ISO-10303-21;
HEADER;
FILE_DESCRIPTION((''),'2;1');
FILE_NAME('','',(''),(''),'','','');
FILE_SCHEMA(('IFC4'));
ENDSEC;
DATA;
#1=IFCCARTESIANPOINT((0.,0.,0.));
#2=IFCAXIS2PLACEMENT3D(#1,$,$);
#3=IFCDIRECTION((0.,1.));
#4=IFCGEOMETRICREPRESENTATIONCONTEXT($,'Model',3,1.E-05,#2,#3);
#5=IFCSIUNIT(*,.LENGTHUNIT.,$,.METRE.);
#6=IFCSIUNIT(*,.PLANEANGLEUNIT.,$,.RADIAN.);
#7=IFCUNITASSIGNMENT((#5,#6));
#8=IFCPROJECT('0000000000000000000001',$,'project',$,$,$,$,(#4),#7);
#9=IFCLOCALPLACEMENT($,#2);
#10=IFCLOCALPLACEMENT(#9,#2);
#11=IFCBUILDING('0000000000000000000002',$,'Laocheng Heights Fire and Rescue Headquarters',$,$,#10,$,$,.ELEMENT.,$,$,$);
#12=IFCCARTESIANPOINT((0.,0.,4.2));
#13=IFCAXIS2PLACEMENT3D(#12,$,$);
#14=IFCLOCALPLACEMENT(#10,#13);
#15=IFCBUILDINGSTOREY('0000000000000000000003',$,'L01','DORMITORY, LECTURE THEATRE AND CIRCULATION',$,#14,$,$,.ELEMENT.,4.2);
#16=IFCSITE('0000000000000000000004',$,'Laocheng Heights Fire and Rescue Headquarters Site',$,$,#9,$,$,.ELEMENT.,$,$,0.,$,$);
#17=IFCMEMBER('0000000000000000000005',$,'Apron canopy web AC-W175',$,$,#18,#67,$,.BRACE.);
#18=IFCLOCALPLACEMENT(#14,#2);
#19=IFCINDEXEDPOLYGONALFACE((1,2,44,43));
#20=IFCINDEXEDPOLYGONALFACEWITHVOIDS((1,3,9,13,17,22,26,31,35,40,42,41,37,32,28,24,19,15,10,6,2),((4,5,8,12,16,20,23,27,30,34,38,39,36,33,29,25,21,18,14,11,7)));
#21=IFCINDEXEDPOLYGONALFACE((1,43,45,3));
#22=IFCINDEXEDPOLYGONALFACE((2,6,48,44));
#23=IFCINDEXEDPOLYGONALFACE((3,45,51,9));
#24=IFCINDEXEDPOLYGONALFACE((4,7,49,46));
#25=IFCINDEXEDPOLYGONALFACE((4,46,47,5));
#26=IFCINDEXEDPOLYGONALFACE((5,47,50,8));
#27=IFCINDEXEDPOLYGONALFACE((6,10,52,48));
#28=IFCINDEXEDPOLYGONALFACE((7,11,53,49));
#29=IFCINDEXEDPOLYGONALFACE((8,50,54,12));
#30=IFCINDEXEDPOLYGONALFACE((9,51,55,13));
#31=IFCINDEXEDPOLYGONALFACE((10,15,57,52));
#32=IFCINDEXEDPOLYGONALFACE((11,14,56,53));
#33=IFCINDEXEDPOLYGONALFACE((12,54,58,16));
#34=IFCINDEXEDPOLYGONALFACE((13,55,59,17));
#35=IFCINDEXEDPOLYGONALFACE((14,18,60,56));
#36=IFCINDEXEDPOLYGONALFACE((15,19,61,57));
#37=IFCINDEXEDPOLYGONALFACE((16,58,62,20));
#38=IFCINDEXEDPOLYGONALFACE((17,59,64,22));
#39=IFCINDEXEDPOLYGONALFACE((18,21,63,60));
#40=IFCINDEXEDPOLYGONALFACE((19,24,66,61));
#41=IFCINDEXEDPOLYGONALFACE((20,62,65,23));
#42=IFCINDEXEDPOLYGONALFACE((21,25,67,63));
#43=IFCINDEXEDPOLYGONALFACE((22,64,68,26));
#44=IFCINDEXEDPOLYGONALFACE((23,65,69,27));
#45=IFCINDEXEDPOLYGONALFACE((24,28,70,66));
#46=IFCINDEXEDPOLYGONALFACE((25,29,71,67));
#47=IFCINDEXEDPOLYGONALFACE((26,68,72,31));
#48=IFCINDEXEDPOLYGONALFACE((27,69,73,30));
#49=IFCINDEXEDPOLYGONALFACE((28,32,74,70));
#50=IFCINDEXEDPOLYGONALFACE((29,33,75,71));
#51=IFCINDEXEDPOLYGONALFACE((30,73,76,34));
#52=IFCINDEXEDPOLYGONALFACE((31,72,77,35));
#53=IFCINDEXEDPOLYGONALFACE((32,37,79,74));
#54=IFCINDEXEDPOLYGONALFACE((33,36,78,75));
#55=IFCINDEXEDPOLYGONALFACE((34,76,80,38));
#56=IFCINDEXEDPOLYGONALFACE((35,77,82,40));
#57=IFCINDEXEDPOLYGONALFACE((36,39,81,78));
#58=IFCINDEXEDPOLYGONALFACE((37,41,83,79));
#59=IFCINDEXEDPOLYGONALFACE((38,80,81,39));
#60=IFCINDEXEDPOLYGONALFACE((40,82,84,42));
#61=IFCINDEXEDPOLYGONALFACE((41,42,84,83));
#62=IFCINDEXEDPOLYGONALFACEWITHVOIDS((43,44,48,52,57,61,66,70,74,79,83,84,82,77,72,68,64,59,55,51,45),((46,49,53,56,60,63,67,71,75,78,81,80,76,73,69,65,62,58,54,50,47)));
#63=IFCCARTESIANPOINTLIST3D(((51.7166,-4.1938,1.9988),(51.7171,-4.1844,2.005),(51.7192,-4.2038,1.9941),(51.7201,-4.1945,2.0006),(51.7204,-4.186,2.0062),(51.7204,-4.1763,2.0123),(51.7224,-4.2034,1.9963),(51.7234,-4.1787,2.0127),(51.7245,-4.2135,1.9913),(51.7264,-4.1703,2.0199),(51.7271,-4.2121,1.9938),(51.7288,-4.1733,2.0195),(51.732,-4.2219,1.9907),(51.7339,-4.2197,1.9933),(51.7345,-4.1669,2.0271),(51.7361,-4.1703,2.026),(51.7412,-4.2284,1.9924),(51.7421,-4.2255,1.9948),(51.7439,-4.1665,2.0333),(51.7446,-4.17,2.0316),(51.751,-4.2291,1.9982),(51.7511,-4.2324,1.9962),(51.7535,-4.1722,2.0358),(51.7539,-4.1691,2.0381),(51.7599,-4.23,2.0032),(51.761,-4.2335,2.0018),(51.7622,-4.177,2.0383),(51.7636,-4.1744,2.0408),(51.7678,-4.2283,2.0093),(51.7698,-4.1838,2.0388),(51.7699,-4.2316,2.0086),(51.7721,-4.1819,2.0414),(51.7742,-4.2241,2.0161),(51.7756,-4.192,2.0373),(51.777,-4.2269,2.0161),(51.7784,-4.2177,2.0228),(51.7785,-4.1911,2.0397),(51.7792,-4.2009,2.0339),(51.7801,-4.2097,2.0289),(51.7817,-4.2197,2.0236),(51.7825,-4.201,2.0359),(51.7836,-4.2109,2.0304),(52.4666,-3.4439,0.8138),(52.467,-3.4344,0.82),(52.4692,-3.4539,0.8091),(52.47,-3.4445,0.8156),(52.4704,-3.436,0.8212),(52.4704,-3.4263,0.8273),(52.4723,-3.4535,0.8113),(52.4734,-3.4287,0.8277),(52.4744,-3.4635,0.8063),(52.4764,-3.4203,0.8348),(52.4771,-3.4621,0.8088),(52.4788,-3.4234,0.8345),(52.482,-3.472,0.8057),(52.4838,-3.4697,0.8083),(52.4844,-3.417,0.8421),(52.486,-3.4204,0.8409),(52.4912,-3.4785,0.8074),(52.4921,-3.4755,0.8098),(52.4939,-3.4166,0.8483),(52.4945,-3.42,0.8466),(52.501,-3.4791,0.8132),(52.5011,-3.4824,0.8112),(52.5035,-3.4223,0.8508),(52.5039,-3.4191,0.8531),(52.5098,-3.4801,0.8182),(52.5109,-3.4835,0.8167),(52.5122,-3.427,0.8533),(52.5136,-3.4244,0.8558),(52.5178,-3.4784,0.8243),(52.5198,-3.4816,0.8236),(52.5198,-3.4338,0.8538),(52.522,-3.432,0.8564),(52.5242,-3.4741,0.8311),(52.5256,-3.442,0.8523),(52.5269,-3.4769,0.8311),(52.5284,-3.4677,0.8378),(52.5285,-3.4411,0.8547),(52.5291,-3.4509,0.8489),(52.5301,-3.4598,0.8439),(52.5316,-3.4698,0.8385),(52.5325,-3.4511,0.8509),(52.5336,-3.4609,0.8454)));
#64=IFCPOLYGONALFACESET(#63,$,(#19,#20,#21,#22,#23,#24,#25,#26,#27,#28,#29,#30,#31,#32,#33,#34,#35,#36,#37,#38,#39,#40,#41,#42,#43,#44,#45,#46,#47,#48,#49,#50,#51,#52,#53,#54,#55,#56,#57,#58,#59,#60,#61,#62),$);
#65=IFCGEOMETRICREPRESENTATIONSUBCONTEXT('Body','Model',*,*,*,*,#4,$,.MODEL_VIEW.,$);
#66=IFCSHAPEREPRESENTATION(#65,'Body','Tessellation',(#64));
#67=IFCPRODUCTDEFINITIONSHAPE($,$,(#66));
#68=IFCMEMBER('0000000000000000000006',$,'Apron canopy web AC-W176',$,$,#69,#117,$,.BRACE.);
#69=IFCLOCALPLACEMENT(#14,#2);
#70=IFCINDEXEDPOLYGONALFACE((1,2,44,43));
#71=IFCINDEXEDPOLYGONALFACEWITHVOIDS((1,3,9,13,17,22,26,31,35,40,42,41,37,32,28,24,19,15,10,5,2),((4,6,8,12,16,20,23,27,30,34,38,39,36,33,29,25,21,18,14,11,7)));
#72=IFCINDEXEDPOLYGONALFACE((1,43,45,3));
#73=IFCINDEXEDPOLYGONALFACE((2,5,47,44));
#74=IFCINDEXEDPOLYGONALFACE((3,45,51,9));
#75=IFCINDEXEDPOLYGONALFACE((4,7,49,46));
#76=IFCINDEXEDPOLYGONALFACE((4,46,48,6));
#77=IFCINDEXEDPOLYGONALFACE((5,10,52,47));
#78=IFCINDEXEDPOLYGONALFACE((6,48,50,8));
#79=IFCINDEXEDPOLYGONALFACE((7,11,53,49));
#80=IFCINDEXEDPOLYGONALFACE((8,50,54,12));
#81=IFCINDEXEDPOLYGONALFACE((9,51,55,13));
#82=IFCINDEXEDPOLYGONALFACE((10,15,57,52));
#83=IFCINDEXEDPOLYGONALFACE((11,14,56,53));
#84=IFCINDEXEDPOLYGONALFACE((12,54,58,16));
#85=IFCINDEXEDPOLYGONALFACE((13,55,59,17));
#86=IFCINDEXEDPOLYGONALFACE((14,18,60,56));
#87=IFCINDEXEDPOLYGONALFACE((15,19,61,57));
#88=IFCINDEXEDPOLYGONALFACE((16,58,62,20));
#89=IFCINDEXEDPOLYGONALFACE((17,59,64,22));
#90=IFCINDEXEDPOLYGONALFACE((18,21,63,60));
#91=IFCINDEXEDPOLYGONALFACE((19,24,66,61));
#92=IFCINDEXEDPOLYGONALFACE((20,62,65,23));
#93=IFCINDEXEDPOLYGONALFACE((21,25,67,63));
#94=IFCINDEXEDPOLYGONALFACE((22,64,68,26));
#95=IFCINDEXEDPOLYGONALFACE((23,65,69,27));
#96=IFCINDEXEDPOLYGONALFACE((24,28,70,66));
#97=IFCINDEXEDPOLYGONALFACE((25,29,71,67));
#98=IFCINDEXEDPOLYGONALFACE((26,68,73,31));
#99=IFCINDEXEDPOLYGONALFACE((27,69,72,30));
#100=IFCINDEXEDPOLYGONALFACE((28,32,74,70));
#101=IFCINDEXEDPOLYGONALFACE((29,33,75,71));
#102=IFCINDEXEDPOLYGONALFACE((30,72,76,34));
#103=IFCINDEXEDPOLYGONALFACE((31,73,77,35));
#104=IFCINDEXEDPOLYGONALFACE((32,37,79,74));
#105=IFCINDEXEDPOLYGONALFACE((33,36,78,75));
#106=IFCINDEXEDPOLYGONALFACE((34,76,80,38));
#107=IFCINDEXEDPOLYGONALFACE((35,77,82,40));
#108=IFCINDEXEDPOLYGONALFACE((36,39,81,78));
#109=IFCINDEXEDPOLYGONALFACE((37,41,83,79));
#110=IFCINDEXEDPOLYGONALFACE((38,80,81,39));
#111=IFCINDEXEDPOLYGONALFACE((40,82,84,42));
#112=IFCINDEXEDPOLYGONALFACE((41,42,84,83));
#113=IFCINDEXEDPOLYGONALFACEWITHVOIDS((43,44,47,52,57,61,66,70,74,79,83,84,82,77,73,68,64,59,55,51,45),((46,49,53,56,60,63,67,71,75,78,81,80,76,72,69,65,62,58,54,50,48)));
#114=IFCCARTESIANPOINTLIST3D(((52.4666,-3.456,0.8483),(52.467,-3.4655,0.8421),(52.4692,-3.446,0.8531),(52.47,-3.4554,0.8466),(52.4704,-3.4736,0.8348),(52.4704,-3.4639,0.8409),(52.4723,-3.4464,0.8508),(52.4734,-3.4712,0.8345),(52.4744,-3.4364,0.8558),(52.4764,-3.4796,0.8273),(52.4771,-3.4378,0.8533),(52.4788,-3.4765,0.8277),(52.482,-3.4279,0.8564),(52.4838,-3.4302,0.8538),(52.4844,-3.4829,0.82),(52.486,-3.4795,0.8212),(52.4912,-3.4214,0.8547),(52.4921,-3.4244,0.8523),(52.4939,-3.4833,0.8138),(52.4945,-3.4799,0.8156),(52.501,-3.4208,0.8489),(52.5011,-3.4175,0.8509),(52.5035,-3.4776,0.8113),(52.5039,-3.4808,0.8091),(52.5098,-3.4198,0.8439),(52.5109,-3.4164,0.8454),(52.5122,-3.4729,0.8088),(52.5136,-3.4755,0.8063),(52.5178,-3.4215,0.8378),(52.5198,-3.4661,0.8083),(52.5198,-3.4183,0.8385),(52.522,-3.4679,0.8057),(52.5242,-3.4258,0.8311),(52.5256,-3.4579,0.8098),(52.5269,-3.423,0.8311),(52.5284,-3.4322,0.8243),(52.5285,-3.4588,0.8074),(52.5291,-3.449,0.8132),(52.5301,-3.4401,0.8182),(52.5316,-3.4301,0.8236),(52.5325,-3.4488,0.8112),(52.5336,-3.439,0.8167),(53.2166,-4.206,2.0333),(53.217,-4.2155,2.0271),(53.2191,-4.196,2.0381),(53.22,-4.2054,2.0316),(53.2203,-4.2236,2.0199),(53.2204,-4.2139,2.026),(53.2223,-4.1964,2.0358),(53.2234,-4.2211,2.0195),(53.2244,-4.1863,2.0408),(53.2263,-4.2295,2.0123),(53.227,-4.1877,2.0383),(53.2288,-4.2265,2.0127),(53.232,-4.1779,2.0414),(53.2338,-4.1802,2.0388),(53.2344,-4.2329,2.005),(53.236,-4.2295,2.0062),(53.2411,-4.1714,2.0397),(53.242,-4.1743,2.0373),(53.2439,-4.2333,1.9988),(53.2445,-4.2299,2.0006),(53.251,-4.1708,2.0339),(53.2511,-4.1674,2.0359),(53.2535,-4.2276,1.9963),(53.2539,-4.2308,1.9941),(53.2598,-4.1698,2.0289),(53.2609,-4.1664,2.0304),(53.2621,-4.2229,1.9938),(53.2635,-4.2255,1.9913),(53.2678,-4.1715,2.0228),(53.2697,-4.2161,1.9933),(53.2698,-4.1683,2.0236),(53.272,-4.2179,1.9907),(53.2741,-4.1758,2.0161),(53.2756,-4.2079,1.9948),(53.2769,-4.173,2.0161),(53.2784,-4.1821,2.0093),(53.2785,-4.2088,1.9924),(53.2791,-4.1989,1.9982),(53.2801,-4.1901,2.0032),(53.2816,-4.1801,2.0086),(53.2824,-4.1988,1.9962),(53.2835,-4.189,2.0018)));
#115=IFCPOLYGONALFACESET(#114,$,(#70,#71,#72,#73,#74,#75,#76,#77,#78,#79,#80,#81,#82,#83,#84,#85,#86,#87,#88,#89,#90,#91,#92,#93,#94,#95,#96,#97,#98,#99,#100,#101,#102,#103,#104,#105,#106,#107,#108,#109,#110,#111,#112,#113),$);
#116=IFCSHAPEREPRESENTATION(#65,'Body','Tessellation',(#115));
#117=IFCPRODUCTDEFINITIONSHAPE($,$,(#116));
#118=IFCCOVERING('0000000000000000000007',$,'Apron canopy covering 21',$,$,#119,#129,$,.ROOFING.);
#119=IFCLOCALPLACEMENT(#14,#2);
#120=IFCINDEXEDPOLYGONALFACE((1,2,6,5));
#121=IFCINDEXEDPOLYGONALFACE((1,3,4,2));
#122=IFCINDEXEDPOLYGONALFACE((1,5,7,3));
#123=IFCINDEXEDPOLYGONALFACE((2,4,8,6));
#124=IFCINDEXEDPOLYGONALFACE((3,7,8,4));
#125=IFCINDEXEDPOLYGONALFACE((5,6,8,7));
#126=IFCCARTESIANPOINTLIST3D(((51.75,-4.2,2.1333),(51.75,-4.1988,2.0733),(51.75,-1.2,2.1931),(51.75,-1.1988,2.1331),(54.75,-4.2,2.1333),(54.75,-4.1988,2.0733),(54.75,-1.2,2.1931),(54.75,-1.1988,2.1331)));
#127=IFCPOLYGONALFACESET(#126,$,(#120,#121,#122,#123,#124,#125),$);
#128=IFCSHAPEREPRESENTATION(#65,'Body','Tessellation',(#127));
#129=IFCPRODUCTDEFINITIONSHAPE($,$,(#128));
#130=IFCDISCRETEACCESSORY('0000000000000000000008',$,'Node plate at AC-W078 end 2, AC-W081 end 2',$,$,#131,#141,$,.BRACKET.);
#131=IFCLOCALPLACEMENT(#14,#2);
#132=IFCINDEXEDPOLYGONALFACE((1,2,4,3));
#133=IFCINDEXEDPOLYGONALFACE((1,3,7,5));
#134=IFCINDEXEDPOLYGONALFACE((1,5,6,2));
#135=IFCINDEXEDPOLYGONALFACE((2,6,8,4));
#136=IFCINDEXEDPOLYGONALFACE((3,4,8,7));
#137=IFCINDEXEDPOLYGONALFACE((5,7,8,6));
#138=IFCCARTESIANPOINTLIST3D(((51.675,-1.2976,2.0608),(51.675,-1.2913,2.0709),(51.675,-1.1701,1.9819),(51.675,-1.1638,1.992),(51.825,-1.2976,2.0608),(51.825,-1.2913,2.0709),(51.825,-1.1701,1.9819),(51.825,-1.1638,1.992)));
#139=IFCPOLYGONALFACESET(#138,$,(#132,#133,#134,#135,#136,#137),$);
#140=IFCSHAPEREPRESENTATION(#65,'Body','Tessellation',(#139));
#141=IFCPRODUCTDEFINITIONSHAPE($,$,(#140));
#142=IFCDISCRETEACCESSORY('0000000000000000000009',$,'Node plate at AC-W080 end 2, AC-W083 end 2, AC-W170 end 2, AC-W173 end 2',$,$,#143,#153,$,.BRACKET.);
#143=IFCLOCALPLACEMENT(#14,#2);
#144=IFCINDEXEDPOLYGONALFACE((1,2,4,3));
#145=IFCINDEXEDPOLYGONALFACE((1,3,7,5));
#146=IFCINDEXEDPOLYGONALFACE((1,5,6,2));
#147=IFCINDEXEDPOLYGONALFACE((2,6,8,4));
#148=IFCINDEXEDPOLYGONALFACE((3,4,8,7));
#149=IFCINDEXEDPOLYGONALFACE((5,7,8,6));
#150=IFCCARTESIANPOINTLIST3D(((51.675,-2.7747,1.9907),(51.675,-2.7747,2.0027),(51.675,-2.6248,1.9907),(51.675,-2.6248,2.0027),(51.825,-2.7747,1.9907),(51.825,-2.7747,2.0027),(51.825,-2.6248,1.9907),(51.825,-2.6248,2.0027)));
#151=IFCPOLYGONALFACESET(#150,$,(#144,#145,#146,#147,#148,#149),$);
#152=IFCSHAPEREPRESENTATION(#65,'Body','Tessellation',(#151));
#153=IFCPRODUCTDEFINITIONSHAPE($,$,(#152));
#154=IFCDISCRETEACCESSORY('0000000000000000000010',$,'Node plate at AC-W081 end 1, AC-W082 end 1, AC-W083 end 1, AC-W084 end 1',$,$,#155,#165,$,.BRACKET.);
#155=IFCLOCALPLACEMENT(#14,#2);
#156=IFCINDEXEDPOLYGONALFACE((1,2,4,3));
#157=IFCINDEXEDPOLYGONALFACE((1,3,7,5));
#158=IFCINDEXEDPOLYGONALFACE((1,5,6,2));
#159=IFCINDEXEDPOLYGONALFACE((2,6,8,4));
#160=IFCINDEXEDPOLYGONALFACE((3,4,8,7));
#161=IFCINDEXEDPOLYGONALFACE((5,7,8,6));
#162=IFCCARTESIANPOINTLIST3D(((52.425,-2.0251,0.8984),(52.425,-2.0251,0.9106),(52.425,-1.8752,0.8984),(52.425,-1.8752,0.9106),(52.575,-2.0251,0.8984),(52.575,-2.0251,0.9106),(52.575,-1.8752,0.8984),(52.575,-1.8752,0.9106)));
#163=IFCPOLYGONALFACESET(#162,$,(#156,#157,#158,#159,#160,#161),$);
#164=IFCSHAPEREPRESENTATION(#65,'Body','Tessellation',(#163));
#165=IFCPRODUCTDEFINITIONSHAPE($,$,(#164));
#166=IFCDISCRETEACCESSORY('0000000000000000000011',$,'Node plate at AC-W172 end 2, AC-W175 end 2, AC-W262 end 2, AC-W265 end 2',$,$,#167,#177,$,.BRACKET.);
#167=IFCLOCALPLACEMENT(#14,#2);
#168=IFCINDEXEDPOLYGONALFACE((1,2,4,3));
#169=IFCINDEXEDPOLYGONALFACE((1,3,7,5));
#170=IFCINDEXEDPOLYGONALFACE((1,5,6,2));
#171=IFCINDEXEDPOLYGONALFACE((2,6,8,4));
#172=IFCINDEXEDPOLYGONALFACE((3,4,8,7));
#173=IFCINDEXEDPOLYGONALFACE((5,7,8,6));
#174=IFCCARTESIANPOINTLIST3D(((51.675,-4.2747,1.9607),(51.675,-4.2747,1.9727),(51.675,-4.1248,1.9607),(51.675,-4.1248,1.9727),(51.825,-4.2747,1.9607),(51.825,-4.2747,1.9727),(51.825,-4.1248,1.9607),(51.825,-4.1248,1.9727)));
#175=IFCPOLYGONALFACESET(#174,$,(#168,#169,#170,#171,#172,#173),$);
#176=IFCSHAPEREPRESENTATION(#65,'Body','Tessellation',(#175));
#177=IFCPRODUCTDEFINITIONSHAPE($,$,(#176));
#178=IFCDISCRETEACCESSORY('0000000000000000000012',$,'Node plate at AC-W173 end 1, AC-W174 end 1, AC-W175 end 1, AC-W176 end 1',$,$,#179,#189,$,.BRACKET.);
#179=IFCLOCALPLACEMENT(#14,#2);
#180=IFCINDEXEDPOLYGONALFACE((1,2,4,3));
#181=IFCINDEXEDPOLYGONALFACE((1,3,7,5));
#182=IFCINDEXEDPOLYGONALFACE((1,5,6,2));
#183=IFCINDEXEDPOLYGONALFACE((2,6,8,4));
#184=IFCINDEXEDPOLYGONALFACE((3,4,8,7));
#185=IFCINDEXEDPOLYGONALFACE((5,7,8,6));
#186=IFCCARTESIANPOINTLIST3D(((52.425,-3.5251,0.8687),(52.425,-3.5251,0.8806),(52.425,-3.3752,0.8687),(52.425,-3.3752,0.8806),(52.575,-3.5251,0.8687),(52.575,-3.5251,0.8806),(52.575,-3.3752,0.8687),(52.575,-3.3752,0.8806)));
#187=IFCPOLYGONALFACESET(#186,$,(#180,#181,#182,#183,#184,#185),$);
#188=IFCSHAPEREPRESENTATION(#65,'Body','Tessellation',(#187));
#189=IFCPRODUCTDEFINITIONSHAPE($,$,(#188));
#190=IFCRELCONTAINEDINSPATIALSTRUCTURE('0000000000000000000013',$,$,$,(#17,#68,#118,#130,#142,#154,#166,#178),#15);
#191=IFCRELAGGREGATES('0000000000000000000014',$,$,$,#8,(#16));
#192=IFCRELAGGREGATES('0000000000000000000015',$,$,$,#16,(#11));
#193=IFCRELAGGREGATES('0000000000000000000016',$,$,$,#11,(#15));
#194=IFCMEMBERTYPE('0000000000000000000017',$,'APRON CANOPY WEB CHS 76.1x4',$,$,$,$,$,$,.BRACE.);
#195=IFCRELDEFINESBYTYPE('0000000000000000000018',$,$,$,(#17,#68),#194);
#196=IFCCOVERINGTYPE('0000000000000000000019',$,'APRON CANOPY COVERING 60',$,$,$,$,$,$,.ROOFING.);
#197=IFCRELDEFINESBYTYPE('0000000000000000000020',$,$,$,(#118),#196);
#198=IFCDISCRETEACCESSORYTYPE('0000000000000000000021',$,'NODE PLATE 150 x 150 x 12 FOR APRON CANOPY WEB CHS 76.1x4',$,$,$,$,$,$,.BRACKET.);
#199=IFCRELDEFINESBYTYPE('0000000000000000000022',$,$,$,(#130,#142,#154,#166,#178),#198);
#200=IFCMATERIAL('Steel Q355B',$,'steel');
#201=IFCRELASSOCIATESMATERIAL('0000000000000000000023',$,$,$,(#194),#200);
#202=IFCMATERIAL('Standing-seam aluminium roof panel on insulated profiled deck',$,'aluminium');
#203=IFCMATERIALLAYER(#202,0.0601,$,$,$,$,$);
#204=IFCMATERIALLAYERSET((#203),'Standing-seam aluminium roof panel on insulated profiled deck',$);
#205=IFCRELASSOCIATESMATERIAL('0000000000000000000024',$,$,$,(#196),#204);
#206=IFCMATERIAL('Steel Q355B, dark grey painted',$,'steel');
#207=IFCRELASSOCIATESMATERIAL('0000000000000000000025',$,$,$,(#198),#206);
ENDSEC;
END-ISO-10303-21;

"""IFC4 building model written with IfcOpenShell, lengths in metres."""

from ifc_helpers import new_model, si_unit, direction, frame, origin, origin_2d, place, context, subcontext, project, spatial, polyline, rectangle, hollow_circle, outline, extrude, material, layer, layer_set, material_profile, profile_set, type_object, element, save


model = new_model("IFC4")

# Units and contexts
model_context = context("Model", 3, precision=1e-05, world=origin(), true_north=direction((0.0, 1.0)))
body_context = subcontext(model_context, "Body", "Model", "MODEL_VIEW")
ifc_project = project(units=[si_unit("LENGTHUNIT", "METRE"), si_unit("PLANEANGLEUNIT", "RADIAN")], contexts=[model_context])

# Site, building, storey
site_placement = place(None, origin())
site = spatial("IfcSite", under=ifc_project, at=site_placement, Name="Laocheng Heights Fire and Rescue Headquarters Site", CompositionType="ELEMENT", RefElevation=0.0)
building_placement = place(site_placement, origin())
building = spatial("IfcBuilding", under=site, at=building_placement, Name="Laocheng Heights Fire and Rescue Headquarters", CompositionType="ELEMENT")
storey_placement = place(building_placement, frame((0.0, 0.0, 4.2)))
storey = spatial("IfcBuildingStorey", under=building, at=storey_placement, Name="L01", Description="DORMITORY, LECTURE THEATRE AND CIRCULATION", CompositionType="ELEMENT", Elevation=4.2)

# Members
ifc_material_1 = material(Name="Steel Q355B", Category="steel")
ifc_material_profile_1 = material_profile(ifc_material_1, hollow_circle(Radius=0.0381, WallThickness=0.0039, at=origin_2d()), Name="CHS 76.1x4")
ifc_profile_set_1 = profile_set([ifc_material_profile_1], Name="Steel Q355B")
member_type_1 = type_object("IfcMemberType", Name="APRON CANOPY WEB CHS 76.1x4", PredefinedType="BRACE", material=ifc_profile_set_1)
for number, where, z_axis, x_axis, name in (
    (1, (52.5, -3.45, 0.8311), (-0.47158, -0.47158, 0.745134), (0.707107, -0.707107, 0.0), "Apron canopy web AC-W175"),
    (2, (52.5, -3.45, 0.8311), (0.47158, -0.47158, 0.745134), (0.707107, 0.707107, 0.0), "Apron canopy web AC-W176"),
):
    element("IfcMember", number, at=place(storey_placement, frame(where, z_axis=z_axis, x_axis=x_axis)), inside=storey, type_object=member_type_1, Name=name, PredefinedType="BRACE", context=body_context, shape_type="SweptSolid", body=[
        extrude(hollow_circle(Radius=0.0381, WallThickness=0.0039, at=origin_2d()), origin(), (0.0, 0.0, 1.0), 1.5903),
    ])

# Covering
ifc_material_2 = material(Name="Standing-seam aluminium roof panel on insulated profiled deck", Category="aluminium")
ifc_layer = layer(ifc_material_2, 0.0601)
ifc_layer_set = layer_set([ifc_layer], Name="Standing-seam aluminium roof panel on insulated profiled deck")
covering_type = type_object("IfcCoveringType", Name="APRON CANOPY COVERING 60", PredefinedType="ROOFING", material=ifc_layer_set)
covering_placement = place(storey_placement, frame((51.75, -1.2, 2.1931), z_axis=(0.0, -0.019934, 0.999801), x_axis=(1.0, 0.0, 0.0)))
element("IfcCovering", 3, at=covering_placement, inside=storey, type_object=covering_type, Name="Apron canopy covering 21", PredefinedType="ROOFING", context=body_context, shape_type="SweptSolid", body=[
    extrude(outline(polyline([(0.0, 0.0), (3.0, 0.0), (3.0, -3.0006), (0.0, -3.0006), (0.0, 0.0)])), origin(), (0.0, 0.0, -1.0), 0.0601),
])

# Discrete accessories
ifc_material_3 = material(Name="Steel Q355B, dark grey painted", Category="steel")
ifc_material_profile_2 = material_profile(ifc_material_3, rectangle(XDim=0.1499, YDim=0.1499, at=origin_2d()), Name="NODE PLATE 150 x 150 x 12 FOR APRON CANOPY WEB CHS 76.1x4")
ifc_profile_set_2 = profile_set([ifc_material_profile_2], Name="Steel Q355B, dark grey painted")
discrete_accessory_type = type_object("IfcDiscreteAccessoryType", Name="NODE PLATE 150 x 150 x 12 FOR APRON CANOPY WEB CHS 76.1x4", PredefinedType="BRACKET", material=ifc_profile_set_2)
for number, where, z_axis, x_axis, name in (
    (4, (51.75, -1.2275, 2.0315), (0.0, -0.526355, -0.850265), (1.0, 0.0, 0.0), "Node plate at AC-W078 end 2, AC-W081 end 2"),
    (5, (51.75, -2.6997, 2.0027), (0.0, 0.0, -1.0), (1.0, 0.0, 0.0), "Node plate at AC-W080 end 2, AC-W083 end 2, AC-W170 end 2, AC-W173 end 2"),
):
    element("IfcDiscreteAccessory", number, at=place(storey_placement, frame(where, z_axis=z_axis, x_axis=x_axis)), inside=storey, type_object=discrete_accessory_type, Name=name, PredefinedType="BRACKET", context=body_context, shape_type="SweptSolid", body=[
        extrude(rectangle(XDim=0.1499, YDim=0.1499, at=origin_2d()), origin(), (0.0, 0.0, 1.0), 0.012),
    ])
discrete_accessory_placement = place(storey_placement, frame((52.5, -1.9502, 0.8984), z_axis=(0.0, 0.0, 1.0), x_axis=(1.0, 0.0, 0.0)))
element("IfcDiscreteAccessory", 6, at=discrete_accessory_placement, inside=storey, type_object=discrete_accessory_type, Name="Node plate at AC-W081 end 1, AC-W082 end 1, AC-W083 end 1, AC-W084 end 1", PredefinedType="BRACKET", context=body_context, shape_type="SweptSolid", body=[
    extrude(rectangle(XDim=0.1499, YDim=0.1499, at=origin_2d()), origin(), (0.0, 0.0, 1.0), 0.0122),
])
for number, where, z_axis, x_axis, name in (
    (7, (51.75, -4.1997, 1.9727), (0.0, 0.0, -1.0), (1.0, 0.0, 0.0), "Node plate at AC-W172 end 2, AC-W175 end 2, AC-W262 end 2, AC-W265 end 2"),
    (8, (52.5, -3.4502, 0.8687), (0.0, 0.0, 1.0), (1.0, 0.0, 0.0), "Node plate at AC-W173 end 1, AC-W174 end 1, AC-W175 end 1, AC-W176 end 1"),
):
    element("IfcDiscreteAccessory", number, at=place(storey_placement, frame(where, z_axis=z_axis, x_axis=x_axis)), inside=storey, type_object=discrete_accessory_type, Name=name, PredefinedType="BRACKET", context=body_context, shape_type="SweptSolid", body=[
        extrude(rectangle(XDim=0.1499, YDim=0.1499, at=origin_2d()), origin(), (0.0, 0.0, 1.0), 0.012),
    ])

save(model, "model.ifc")
